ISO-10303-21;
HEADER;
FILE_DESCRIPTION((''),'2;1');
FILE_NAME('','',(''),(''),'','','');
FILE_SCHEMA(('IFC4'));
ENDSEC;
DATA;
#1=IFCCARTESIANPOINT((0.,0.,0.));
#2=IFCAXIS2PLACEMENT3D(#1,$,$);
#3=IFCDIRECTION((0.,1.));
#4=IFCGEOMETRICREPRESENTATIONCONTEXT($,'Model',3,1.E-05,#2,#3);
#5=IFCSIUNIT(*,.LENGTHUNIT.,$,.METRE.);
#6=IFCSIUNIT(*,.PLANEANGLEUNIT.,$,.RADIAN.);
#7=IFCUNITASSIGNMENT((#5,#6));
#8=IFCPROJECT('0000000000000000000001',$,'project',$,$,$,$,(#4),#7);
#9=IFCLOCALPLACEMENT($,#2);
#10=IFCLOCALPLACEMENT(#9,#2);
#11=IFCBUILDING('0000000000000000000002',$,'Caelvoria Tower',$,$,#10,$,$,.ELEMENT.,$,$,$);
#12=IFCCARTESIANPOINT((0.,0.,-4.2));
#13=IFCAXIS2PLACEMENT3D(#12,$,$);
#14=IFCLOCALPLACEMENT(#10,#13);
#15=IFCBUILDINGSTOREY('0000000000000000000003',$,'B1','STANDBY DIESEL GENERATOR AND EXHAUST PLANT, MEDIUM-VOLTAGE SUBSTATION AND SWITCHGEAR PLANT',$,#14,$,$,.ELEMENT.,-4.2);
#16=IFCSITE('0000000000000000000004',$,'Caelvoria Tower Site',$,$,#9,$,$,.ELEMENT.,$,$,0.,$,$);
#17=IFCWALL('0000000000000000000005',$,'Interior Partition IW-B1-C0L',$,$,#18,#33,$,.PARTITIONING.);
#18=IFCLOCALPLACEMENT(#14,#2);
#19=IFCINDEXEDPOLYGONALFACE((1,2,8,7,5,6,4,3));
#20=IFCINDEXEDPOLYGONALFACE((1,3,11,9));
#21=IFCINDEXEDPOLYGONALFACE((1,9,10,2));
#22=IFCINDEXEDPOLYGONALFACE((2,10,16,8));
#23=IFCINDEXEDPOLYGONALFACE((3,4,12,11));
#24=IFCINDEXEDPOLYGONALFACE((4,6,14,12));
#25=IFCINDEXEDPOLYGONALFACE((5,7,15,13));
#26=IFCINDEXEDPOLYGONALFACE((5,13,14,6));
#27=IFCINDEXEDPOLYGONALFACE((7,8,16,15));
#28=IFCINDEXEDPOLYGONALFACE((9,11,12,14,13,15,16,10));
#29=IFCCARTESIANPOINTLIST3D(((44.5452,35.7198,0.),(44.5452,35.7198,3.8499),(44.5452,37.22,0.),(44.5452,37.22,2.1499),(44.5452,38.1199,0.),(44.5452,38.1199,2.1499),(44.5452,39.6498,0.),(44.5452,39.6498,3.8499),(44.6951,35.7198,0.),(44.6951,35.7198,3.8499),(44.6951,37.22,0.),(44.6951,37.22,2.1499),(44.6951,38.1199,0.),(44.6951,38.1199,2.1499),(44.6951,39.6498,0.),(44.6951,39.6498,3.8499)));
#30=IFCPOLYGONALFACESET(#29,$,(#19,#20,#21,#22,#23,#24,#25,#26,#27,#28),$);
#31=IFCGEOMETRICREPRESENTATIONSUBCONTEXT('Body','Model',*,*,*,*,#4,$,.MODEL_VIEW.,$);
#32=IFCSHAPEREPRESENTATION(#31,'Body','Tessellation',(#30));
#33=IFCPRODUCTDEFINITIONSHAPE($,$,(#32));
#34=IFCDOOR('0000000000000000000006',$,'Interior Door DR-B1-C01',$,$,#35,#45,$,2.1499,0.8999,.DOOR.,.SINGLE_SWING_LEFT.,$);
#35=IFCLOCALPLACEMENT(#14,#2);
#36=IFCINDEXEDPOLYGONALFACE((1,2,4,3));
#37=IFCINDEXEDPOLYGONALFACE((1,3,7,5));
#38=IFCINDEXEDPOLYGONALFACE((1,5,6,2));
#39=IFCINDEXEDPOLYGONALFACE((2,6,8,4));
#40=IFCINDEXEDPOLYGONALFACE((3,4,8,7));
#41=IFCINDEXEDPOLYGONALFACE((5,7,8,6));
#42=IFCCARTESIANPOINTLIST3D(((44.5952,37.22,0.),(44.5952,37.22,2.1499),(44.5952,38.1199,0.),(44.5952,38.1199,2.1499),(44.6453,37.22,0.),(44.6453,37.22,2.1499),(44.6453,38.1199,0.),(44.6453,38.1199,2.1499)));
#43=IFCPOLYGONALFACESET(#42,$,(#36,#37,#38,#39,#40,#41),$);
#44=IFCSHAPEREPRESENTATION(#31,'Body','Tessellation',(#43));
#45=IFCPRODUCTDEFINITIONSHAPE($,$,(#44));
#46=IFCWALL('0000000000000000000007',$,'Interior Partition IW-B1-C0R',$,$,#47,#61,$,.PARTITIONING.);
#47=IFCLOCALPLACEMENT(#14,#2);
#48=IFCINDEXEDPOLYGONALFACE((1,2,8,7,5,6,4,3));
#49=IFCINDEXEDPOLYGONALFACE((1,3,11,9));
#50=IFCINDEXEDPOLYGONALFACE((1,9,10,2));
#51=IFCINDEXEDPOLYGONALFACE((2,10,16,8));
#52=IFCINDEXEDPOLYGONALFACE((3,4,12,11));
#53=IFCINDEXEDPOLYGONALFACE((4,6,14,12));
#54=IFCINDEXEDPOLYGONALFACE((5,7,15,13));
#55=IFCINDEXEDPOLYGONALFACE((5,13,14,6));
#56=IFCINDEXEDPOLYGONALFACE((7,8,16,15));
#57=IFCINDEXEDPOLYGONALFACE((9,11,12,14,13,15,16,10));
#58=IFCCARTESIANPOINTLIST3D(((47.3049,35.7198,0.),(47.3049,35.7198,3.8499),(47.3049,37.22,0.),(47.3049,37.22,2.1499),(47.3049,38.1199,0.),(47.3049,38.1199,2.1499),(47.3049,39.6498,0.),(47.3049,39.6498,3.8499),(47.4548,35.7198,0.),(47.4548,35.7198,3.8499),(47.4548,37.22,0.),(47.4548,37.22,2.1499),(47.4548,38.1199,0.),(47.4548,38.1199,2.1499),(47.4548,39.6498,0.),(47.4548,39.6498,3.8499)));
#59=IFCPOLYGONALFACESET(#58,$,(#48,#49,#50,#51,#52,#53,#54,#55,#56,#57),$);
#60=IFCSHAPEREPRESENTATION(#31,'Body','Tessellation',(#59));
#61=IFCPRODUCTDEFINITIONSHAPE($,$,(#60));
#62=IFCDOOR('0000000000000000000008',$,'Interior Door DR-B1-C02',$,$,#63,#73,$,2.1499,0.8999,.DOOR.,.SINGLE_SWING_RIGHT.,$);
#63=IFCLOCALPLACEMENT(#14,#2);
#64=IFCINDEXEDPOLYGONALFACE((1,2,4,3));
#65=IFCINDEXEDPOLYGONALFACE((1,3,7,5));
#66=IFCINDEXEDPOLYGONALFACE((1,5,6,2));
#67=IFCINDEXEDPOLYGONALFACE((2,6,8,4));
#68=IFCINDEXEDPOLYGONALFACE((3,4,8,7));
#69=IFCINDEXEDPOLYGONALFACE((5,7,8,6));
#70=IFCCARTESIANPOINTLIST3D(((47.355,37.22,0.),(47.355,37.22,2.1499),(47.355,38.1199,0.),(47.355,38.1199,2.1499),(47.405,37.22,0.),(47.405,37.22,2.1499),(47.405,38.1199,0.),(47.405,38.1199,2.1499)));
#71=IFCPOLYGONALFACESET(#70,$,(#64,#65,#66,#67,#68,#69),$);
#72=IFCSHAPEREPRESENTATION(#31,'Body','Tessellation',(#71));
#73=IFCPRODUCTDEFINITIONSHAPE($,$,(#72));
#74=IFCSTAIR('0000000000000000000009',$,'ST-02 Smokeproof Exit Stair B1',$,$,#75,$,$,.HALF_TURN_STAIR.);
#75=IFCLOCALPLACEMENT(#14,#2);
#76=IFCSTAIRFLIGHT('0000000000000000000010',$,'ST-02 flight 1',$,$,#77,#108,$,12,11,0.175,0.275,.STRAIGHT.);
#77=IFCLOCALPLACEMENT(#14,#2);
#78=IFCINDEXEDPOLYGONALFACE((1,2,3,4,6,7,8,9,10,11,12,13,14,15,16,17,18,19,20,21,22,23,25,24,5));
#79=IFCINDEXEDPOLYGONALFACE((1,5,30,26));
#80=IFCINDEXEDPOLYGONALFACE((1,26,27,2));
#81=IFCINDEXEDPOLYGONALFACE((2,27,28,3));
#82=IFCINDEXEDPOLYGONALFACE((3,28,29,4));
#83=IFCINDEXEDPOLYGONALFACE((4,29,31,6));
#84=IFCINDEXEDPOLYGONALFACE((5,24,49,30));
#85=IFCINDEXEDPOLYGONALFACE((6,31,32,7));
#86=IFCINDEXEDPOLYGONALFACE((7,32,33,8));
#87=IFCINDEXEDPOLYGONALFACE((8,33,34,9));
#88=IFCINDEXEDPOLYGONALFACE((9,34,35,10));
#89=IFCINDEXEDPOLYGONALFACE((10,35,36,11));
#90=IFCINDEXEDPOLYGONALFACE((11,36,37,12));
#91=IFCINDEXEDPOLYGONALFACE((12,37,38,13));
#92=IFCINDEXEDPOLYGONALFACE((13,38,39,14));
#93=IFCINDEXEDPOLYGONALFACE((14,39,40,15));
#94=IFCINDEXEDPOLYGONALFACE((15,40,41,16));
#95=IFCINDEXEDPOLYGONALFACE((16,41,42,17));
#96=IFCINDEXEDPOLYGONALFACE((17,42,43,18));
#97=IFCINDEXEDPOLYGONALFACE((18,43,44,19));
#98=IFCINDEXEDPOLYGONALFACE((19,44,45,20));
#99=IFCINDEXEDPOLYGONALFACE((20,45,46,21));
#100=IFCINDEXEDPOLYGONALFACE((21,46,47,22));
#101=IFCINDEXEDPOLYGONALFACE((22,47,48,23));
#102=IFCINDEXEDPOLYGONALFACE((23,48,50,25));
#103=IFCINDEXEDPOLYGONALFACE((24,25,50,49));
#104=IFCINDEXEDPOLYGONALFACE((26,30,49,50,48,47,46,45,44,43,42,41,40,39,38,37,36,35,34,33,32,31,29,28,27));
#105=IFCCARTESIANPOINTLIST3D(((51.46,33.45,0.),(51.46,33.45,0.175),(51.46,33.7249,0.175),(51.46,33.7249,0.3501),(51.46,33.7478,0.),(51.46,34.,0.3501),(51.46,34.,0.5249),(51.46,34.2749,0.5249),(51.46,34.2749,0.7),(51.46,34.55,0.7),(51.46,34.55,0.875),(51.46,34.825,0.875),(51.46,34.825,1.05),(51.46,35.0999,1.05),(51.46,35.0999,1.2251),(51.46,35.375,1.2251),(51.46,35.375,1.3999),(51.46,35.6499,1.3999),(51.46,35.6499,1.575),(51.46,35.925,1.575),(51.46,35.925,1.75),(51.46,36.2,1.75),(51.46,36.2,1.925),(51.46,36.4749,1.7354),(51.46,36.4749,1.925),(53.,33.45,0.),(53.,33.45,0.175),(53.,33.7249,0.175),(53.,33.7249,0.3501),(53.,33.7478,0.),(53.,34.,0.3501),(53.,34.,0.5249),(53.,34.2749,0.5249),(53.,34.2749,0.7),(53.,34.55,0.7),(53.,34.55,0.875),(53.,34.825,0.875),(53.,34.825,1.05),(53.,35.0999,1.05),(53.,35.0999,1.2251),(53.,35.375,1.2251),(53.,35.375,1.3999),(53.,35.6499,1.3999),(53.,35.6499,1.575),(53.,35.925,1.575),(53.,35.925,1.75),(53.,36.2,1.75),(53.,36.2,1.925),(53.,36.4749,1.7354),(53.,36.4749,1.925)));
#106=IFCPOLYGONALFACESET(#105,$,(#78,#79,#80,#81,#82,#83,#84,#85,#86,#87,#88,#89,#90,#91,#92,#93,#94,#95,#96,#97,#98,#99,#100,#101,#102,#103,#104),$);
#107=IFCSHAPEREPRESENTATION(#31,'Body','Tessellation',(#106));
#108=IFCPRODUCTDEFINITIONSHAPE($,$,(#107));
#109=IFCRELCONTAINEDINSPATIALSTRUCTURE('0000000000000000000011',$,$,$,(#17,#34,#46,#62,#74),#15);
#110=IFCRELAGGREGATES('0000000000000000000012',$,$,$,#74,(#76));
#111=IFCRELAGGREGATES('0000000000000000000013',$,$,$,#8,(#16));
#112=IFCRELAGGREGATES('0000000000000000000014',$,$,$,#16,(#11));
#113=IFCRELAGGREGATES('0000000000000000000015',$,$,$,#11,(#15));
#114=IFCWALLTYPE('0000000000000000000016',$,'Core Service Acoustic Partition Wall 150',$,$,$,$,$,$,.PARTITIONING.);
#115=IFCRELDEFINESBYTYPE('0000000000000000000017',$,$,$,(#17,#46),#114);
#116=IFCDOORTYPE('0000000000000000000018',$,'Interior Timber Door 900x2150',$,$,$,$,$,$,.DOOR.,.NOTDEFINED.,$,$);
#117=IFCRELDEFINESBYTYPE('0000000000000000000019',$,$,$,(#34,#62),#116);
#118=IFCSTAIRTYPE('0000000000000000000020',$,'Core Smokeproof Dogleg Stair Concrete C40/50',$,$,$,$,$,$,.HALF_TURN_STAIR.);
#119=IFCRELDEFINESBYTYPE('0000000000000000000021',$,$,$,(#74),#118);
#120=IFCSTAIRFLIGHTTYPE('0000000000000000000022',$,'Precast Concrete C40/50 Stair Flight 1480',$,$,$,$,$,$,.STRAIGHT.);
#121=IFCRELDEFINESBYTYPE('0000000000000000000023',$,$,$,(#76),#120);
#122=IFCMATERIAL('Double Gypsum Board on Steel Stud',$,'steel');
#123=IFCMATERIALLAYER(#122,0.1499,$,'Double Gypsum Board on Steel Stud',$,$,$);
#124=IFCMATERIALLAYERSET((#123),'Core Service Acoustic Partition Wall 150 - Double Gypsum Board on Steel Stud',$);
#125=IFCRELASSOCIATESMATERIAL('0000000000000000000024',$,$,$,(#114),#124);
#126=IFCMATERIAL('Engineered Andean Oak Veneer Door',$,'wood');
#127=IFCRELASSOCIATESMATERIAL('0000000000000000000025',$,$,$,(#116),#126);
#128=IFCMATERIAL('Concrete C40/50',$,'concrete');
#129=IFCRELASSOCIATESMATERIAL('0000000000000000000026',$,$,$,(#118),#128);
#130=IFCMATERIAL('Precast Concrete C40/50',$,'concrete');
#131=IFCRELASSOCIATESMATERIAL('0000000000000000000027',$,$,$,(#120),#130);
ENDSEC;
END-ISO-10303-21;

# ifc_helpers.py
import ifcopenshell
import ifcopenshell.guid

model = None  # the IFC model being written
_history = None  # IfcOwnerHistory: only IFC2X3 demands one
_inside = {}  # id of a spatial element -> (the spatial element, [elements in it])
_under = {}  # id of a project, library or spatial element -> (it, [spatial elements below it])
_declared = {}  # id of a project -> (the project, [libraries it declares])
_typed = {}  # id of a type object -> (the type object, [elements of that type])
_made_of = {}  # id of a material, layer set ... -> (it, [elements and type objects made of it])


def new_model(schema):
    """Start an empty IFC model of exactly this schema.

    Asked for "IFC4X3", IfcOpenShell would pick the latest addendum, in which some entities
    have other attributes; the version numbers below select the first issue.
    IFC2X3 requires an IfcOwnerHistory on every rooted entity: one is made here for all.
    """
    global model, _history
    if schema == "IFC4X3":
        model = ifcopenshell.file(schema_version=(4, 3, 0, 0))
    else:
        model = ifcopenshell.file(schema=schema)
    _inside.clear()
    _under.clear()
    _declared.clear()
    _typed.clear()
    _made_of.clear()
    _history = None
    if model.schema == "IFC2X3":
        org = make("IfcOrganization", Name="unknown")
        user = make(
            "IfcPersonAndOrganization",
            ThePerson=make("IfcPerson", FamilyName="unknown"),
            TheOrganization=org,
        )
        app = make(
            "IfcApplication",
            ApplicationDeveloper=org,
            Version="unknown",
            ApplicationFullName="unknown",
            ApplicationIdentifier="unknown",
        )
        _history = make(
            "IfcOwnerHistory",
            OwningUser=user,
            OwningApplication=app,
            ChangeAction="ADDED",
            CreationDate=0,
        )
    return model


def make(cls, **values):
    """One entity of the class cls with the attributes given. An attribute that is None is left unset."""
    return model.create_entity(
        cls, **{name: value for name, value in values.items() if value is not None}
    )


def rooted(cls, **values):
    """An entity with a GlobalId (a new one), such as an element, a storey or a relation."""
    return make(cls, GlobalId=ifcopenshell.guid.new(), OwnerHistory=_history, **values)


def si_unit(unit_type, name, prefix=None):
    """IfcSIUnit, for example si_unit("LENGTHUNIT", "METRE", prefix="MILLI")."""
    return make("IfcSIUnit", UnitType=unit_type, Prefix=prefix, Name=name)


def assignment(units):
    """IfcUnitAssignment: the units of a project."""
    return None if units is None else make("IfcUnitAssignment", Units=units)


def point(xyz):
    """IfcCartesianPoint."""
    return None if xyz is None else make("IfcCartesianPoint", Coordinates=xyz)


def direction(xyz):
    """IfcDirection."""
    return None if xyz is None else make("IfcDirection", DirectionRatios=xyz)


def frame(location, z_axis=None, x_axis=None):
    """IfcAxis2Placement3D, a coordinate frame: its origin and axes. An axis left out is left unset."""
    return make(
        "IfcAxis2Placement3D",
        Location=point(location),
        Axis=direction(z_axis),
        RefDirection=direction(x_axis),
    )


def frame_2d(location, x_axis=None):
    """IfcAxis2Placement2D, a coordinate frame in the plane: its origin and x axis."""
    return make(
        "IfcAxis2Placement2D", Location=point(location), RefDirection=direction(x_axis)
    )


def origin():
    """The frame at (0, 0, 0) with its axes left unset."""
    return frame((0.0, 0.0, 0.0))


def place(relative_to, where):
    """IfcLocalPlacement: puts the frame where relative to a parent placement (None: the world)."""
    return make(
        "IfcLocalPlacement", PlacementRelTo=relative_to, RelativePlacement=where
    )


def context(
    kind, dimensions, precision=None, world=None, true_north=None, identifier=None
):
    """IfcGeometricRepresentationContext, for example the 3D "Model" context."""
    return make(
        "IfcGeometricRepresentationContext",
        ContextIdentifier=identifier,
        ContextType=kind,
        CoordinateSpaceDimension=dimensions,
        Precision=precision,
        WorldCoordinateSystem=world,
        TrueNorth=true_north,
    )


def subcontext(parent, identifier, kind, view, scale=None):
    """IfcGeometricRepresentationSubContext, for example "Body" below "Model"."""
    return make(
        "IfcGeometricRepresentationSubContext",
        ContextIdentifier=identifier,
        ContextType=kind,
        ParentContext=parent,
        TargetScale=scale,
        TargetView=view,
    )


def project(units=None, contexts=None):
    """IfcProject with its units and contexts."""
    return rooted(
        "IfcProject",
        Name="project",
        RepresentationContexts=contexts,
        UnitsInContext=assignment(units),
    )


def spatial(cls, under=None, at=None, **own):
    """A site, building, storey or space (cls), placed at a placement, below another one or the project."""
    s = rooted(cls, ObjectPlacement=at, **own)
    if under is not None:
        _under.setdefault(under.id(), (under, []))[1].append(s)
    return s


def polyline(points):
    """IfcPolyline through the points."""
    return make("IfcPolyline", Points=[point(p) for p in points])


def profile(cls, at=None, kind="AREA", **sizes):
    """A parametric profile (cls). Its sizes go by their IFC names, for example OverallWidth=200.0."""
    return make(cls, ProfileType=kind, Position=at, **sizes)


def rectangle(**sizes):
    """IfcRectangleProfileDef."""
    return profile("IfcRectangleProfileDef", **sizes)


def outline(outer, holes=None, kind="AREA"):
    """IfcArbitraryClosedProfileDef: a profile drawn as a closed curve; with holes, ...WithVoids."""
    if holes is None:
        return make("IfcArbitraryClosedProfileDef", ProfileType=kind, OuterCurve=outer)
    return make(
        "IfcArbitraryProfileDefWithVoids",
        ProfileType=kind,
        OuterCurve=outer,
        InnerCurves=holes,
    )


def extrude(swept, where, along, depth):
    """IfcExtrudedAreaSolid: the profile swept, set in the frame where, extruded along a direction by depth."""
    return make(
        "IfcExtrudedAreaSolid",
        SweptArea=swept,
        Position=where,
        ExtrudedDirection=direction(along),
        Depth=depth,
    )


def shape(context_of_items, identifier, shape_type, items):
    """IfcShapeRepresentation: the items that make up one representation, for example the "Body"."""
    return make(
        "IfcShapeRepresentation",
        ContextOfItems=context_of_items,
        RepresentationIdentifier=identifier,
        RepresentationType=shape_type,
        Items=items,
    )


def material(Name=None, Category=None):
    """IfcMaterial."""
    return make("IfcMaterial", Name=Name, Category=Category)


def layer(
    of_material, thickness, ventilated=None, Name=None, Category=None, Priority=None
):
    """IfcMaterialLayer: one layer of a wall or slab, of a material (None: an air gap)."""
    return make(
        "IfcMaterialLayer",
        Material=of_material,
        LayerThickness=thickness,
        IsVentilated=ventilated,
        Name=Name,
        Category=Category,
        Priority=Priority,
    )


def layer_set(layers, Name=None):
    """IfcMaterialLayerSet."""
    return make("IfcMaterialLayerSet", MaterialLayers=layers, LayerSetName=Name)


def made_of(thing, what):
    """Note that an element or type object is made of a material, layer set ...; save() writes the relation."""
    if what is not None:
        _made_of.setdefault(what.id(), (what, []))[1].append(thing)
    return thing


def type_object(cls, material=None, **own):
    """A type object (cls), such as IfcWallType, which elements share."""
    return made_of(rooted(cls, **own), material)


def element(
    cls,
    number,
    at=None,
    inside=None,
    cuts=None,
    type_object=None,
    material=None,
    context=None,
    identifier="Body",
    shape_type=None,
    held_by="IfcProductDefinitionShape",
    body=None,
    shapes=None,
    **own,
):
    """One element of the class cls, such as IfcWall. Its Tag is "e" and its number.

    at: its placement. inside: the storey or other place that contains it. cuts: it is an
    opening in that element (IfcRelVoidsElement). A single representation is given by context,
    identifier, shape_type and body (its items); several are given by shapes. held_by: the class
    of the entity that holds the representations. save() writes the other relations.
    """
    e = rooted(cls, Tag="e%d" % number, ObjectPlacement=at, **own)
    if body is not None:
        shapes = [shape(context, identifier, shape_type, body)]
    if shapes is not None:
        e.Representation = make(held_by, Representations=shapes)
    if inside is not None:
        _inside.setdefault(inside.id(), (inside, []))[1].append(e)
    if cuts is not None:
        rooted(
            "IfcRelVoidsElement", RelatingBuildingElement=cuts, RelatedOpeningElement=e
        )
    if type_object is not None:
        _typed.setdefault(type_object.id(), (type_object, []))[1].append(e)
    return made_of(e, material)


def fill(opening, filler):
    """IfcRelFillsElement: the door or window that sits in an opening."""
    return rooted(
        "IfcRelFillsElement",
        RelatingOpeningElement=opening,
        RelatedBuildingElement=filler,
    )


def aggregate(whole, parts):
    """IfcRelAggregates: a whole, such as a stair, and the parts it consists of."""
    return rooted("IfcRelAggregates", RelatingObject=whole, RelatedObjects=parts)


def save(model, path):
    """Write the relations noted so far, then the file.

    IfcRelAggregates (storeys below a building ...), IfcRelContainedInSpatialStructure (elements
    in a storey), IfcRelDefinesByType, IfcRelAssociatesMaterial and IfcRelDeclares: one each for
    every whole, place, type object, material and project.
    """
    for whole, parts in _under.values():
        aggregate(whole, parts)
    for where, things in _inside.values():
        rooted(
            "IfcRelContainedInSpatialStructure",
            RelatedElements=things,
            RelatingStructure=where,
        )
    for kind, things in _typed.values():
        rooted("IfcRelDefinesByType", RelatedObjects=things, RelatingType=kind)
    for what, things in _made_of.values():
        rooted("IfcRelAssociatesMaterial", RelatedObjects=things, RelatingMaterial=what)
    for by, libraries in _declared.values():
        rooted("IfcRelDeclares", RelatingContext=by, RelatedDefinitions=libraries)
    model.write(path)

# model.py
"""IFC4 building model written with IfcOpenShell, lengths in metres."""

from ifc_helpers import new_model, si_unit, direction, frame, frame_2d, origin, place, context, subcontext, project, spatial, polyline, rectangle, outline, extrude, material, layer, layer_set, type_object, element, fill, aggregate, save


model = new_model("IFC4")

# Units and contexts
model_context = context("Model", 3, precision=1e-05, world=origin(), true_north=direction((0.0, 1.0)))
body_context = subcontext(model_context, "Body", "Model", "MODEL_VIEW")
ifc_project = project(units=[si_unit("LENGTHUNIT", "METRE"), si_unit("PLANEANGLEUNIT", "RADIAN")], contexts=[model_context])

# Site, building, storey
site_placement = place(None, origin())
site = spatial("IfcSite", under=ifc_project, at=site_placement, Name="Caelvoria Tower Site", CompositionType="ELEMENT", RefElevation=0.0)
building_placement = place(site_placement, origin())
building = spatial("IfcBuilding", under=site, at=building_placement, Name="Caelvoria Tower", CompositionType="ELEMENT")
storey_placement = place(building_placement, frame((0.0, 0.0, -4.2)))
storey = spatial("IfcBuildingStorey", under=building, at=storey_placement, Name="B1", Description="STANDBY DIESEL GENERATOR AND EXHAUST PLANT, MEDIUM-VOLTAGE SUBSTATION AND SWITCHGEAR PLANT", CompositionType="ELEMENT", Elevation=-4.2)

# Walls, openings, doors
ifc_material_1 = material(Name="Double Gypsum Board on Steel Stud", Category="steel")
ifc_layer = layer(ifc_material_1, 0.1499, Name="Double Gypsum Board on Steel Stud")
ifc_layer_set = layer_set([ifc_layer], Name="Core Service Acoustic Partition Wall 150 - Double Gypsum Board on Steel Stud")
wall_type = type_object("IfcWallType", Name="Core Service Acoustic Partition Wall 150", PredefinedType="PARTITIONING", material=ifc_layer_set)
wall_1_placement = place(storey_placement, frame((44.6201, 35.72, 0.0), z_axis=(0.0, 0.0, 1.0), x_axis=(0.0, 1.0, 0.0)))
wall_1 = element("IfcWall", 1, at=wall_1_placement, inside=storey, type_object=wall_type, Name="Interior Partition IW-B1-C0L", PredefinedType="PARTITIONING", context=body_context, shape_type="SweptSolid", body=[
    extrude(rectangle(XDim=3.9299, YDim=0.1499, at=frame_2d((1.9648, 0.0))), origin(), (0.0, 0.0, 1.0), 3.8499),
])
opening_1_placement = place(wall_1_placement, frame((1.5, 0.0, 0.0)))
opening_1 = element("IfcOpeningElement", 2, at=opening_1_placement, cuts=wall_1, PredefinedType="OPENING", context=body_context, shape_type="SweptSolid", body=[
    extrude(rectangle(XDim=0.8999, YDim=2.1499, at=frame_2d((0.45, 1.075))), frame((0.0, 0.085, 0.0), z_axis=(0.0, -1.0, 0.0), x_axis=(1.0, 0.0, 0.0)), (0.0, 0.0, 1.0), 0.1699),
])
ifc_material_2 = material(Name="Engineered Andean Oak Veneer Door", Category="wood")
door_type_1 = type_object("IfcDoorType", Name="Interior Timber Door 900x2150", OperationType="NOTDEFINED", PredefinedType="DOOR", material=ifc_material_2)
door_1_placement = place(opening_1_placement, origin())
door_1 = element("IfcDoor", 3, at=door_1_placement, inside=storey, type_object=door_type_1, Name="Interior Door DR-B1-C01", OperationType="SINGLE_SWING_LEFT", OverallHeight=2.1499, OverallWidth=0.8999, PredefinedType="DOOR", context=body_context, shape_type="SweptSolid", body=[
    extrude(rectangle(XDim=0.8999, YDim=2.1499, at=frame_2d((0.45, 1.075))), frame((0.0, 0.0249, 0.0), z_axis=(0.0, -1.0, 0.0), x_axis=(1.0, 0.0, 0.0)), (0.0, 0.0, 1.0), 0.05),
])
fill(opening_1, door_1)
wall_2_placement = place(storey_placement, frame((47.3799, 35.72, 0.0), z_axis=(0.0, 0.0, 1.0), x_axis=(0.0, 1.0, 0.0)))
wall_2 = element("IfcWall", 4, at=wall_2_placement, inside=storey, type_object=wall_type, Name="Interior Partition IW-B1-C0R", PredefinedType="PARTITIONING", context=body_context, shape_type="SweptSolid", body=[
    extrude(rectangle(XDim=3.9299, YDim=0.1499, at=frame_2d((1.9648, 0.0))), origin(), (0.0, 0.0, 1.0), 3.8499),
])
opening_2_placement = place(wall_2_placement, frame((1.5, 0.0, 0.0)))
opening_2 = element("IfcOpeningElement", 5, at=opening_2_placement, cuts=wall_2, PredefinedType="OPENING", context=body_context, shape_type="SweptSolid", body=[
    extrude(rectangle(XDim=0.8999, YDim=2.1499, at=frame_2d((0.45, 1.075))), frame((0.0, 0.085, 0.0), z_axis=(0.0, -1.0, 0.0), x_axis=(1.0, 0.0, 0.0)), (0.0, 0.0, 1.0), 0.1699),
])
door_2_placement = place(opening_2_placement, origin())
door_2 = element("IfcDoor", 6, at=door_2_placement, inside=storey, type_object=door_type_1, Name="Interior Door DR-B1-C02", OperationType="SINGLE_SWING_RIGHT", OverallHeight=2.1499, OverallWidth=0.8999, PredefinedType="DOOR", context=body_context, shape_type="SweptSolid", body=[
    extrude(rectangle(XDim=0.8999, YDim=2.1499, at=frame_2d((0.45, 1.075))), frame((0.0, 0.0249, 0.0), z_axis=(0.0, -1.0, 0.0), x_axis=(1.0, 0.0, 0.0)), (0.0, 0.0, 1.0), 0.05),
])
fill(opening_2, door_2)

# Stair, stair flight
ifc_material_3 = material(Name="Concrete C40/50", Category="concrete")
stair_type = type_object("IfcStairType", Name="Core Smokeproof Dogleg Stair Concrete C40/50", PredefinedType="HALF_TURN_STAIR", material=ifc_material_3)
stair_placement = place(storey_placement, origin())
stair = element("IfcStair", 7, at=stair_placement, inside=storey, type_object=stair_type, Name="ST-02 Smokeproof Exit Stair B1", PredefinedType="HALF_TURN_STAIR")
ifc_material_4 = material(Name="Precast Concrete C40/50", Category="concrete")
stair_flight_type = type_object("IfcStairFlightType", Name="Precast Concrete C40/50 Stair Flight 1480", PredefinedType="STRAIGHT", material=ifc_material_4)
stair_flight_placement = place(storey_placement, frame((52.23, 33.45, 0.0), z_axis=(0.0, 0.0, 1.0), x_axis=(0.0, 1.0, 0.0)))
stair_flight = element("IfcStairFlight", 8, at=stair_flight_placement, type_object=stair_flight_type, Name="ST-02 flight 1", NumberOfRisers=12, NumberOfTreads=11, PredefinedType="STRAIGHT", RiserHeight=0.175, TreadLength=0.275, context=body_context, shape_type="SweptSolid", body=[
    extrude(outline(polyline([(0.0, 0.0), (0.0, 0.175), (0.2749, 0.175), (0.2749, 0.3501), (0.55, 0.3501), (0.55, 0.5249), (0.825, 0.5249), (0.825, 0.7), (1.1001, 0.7), (1.1001, 0.875), (1.375, 0.875), (1.375, 1.05), (1.6499, 1.05), (1.6499, 1.2251), (1.925, 1.2251), (1.925, 1.3999), (2.2, 1.3999), (2.2, 1.575), (2.4751, 1.575), (2.4751, 1.75), (2.75, 1.75), (2.75, 1.925), (3.0249, 1.925), (3.0249, 2.1001), (3.0249, 1.7354), (0.2979, 0.0), (0.0, 0.0)])), frame((0.0, 0.77, 0.0), z_axis=(0.0, -1.0, 0.0), x_axis=(1.0, 0.0, 0.0)), (0.0, 0.0, 1.0), 1.54),
])
aggregate(stair, [stair_flight])

save(model, "model.ifc")
